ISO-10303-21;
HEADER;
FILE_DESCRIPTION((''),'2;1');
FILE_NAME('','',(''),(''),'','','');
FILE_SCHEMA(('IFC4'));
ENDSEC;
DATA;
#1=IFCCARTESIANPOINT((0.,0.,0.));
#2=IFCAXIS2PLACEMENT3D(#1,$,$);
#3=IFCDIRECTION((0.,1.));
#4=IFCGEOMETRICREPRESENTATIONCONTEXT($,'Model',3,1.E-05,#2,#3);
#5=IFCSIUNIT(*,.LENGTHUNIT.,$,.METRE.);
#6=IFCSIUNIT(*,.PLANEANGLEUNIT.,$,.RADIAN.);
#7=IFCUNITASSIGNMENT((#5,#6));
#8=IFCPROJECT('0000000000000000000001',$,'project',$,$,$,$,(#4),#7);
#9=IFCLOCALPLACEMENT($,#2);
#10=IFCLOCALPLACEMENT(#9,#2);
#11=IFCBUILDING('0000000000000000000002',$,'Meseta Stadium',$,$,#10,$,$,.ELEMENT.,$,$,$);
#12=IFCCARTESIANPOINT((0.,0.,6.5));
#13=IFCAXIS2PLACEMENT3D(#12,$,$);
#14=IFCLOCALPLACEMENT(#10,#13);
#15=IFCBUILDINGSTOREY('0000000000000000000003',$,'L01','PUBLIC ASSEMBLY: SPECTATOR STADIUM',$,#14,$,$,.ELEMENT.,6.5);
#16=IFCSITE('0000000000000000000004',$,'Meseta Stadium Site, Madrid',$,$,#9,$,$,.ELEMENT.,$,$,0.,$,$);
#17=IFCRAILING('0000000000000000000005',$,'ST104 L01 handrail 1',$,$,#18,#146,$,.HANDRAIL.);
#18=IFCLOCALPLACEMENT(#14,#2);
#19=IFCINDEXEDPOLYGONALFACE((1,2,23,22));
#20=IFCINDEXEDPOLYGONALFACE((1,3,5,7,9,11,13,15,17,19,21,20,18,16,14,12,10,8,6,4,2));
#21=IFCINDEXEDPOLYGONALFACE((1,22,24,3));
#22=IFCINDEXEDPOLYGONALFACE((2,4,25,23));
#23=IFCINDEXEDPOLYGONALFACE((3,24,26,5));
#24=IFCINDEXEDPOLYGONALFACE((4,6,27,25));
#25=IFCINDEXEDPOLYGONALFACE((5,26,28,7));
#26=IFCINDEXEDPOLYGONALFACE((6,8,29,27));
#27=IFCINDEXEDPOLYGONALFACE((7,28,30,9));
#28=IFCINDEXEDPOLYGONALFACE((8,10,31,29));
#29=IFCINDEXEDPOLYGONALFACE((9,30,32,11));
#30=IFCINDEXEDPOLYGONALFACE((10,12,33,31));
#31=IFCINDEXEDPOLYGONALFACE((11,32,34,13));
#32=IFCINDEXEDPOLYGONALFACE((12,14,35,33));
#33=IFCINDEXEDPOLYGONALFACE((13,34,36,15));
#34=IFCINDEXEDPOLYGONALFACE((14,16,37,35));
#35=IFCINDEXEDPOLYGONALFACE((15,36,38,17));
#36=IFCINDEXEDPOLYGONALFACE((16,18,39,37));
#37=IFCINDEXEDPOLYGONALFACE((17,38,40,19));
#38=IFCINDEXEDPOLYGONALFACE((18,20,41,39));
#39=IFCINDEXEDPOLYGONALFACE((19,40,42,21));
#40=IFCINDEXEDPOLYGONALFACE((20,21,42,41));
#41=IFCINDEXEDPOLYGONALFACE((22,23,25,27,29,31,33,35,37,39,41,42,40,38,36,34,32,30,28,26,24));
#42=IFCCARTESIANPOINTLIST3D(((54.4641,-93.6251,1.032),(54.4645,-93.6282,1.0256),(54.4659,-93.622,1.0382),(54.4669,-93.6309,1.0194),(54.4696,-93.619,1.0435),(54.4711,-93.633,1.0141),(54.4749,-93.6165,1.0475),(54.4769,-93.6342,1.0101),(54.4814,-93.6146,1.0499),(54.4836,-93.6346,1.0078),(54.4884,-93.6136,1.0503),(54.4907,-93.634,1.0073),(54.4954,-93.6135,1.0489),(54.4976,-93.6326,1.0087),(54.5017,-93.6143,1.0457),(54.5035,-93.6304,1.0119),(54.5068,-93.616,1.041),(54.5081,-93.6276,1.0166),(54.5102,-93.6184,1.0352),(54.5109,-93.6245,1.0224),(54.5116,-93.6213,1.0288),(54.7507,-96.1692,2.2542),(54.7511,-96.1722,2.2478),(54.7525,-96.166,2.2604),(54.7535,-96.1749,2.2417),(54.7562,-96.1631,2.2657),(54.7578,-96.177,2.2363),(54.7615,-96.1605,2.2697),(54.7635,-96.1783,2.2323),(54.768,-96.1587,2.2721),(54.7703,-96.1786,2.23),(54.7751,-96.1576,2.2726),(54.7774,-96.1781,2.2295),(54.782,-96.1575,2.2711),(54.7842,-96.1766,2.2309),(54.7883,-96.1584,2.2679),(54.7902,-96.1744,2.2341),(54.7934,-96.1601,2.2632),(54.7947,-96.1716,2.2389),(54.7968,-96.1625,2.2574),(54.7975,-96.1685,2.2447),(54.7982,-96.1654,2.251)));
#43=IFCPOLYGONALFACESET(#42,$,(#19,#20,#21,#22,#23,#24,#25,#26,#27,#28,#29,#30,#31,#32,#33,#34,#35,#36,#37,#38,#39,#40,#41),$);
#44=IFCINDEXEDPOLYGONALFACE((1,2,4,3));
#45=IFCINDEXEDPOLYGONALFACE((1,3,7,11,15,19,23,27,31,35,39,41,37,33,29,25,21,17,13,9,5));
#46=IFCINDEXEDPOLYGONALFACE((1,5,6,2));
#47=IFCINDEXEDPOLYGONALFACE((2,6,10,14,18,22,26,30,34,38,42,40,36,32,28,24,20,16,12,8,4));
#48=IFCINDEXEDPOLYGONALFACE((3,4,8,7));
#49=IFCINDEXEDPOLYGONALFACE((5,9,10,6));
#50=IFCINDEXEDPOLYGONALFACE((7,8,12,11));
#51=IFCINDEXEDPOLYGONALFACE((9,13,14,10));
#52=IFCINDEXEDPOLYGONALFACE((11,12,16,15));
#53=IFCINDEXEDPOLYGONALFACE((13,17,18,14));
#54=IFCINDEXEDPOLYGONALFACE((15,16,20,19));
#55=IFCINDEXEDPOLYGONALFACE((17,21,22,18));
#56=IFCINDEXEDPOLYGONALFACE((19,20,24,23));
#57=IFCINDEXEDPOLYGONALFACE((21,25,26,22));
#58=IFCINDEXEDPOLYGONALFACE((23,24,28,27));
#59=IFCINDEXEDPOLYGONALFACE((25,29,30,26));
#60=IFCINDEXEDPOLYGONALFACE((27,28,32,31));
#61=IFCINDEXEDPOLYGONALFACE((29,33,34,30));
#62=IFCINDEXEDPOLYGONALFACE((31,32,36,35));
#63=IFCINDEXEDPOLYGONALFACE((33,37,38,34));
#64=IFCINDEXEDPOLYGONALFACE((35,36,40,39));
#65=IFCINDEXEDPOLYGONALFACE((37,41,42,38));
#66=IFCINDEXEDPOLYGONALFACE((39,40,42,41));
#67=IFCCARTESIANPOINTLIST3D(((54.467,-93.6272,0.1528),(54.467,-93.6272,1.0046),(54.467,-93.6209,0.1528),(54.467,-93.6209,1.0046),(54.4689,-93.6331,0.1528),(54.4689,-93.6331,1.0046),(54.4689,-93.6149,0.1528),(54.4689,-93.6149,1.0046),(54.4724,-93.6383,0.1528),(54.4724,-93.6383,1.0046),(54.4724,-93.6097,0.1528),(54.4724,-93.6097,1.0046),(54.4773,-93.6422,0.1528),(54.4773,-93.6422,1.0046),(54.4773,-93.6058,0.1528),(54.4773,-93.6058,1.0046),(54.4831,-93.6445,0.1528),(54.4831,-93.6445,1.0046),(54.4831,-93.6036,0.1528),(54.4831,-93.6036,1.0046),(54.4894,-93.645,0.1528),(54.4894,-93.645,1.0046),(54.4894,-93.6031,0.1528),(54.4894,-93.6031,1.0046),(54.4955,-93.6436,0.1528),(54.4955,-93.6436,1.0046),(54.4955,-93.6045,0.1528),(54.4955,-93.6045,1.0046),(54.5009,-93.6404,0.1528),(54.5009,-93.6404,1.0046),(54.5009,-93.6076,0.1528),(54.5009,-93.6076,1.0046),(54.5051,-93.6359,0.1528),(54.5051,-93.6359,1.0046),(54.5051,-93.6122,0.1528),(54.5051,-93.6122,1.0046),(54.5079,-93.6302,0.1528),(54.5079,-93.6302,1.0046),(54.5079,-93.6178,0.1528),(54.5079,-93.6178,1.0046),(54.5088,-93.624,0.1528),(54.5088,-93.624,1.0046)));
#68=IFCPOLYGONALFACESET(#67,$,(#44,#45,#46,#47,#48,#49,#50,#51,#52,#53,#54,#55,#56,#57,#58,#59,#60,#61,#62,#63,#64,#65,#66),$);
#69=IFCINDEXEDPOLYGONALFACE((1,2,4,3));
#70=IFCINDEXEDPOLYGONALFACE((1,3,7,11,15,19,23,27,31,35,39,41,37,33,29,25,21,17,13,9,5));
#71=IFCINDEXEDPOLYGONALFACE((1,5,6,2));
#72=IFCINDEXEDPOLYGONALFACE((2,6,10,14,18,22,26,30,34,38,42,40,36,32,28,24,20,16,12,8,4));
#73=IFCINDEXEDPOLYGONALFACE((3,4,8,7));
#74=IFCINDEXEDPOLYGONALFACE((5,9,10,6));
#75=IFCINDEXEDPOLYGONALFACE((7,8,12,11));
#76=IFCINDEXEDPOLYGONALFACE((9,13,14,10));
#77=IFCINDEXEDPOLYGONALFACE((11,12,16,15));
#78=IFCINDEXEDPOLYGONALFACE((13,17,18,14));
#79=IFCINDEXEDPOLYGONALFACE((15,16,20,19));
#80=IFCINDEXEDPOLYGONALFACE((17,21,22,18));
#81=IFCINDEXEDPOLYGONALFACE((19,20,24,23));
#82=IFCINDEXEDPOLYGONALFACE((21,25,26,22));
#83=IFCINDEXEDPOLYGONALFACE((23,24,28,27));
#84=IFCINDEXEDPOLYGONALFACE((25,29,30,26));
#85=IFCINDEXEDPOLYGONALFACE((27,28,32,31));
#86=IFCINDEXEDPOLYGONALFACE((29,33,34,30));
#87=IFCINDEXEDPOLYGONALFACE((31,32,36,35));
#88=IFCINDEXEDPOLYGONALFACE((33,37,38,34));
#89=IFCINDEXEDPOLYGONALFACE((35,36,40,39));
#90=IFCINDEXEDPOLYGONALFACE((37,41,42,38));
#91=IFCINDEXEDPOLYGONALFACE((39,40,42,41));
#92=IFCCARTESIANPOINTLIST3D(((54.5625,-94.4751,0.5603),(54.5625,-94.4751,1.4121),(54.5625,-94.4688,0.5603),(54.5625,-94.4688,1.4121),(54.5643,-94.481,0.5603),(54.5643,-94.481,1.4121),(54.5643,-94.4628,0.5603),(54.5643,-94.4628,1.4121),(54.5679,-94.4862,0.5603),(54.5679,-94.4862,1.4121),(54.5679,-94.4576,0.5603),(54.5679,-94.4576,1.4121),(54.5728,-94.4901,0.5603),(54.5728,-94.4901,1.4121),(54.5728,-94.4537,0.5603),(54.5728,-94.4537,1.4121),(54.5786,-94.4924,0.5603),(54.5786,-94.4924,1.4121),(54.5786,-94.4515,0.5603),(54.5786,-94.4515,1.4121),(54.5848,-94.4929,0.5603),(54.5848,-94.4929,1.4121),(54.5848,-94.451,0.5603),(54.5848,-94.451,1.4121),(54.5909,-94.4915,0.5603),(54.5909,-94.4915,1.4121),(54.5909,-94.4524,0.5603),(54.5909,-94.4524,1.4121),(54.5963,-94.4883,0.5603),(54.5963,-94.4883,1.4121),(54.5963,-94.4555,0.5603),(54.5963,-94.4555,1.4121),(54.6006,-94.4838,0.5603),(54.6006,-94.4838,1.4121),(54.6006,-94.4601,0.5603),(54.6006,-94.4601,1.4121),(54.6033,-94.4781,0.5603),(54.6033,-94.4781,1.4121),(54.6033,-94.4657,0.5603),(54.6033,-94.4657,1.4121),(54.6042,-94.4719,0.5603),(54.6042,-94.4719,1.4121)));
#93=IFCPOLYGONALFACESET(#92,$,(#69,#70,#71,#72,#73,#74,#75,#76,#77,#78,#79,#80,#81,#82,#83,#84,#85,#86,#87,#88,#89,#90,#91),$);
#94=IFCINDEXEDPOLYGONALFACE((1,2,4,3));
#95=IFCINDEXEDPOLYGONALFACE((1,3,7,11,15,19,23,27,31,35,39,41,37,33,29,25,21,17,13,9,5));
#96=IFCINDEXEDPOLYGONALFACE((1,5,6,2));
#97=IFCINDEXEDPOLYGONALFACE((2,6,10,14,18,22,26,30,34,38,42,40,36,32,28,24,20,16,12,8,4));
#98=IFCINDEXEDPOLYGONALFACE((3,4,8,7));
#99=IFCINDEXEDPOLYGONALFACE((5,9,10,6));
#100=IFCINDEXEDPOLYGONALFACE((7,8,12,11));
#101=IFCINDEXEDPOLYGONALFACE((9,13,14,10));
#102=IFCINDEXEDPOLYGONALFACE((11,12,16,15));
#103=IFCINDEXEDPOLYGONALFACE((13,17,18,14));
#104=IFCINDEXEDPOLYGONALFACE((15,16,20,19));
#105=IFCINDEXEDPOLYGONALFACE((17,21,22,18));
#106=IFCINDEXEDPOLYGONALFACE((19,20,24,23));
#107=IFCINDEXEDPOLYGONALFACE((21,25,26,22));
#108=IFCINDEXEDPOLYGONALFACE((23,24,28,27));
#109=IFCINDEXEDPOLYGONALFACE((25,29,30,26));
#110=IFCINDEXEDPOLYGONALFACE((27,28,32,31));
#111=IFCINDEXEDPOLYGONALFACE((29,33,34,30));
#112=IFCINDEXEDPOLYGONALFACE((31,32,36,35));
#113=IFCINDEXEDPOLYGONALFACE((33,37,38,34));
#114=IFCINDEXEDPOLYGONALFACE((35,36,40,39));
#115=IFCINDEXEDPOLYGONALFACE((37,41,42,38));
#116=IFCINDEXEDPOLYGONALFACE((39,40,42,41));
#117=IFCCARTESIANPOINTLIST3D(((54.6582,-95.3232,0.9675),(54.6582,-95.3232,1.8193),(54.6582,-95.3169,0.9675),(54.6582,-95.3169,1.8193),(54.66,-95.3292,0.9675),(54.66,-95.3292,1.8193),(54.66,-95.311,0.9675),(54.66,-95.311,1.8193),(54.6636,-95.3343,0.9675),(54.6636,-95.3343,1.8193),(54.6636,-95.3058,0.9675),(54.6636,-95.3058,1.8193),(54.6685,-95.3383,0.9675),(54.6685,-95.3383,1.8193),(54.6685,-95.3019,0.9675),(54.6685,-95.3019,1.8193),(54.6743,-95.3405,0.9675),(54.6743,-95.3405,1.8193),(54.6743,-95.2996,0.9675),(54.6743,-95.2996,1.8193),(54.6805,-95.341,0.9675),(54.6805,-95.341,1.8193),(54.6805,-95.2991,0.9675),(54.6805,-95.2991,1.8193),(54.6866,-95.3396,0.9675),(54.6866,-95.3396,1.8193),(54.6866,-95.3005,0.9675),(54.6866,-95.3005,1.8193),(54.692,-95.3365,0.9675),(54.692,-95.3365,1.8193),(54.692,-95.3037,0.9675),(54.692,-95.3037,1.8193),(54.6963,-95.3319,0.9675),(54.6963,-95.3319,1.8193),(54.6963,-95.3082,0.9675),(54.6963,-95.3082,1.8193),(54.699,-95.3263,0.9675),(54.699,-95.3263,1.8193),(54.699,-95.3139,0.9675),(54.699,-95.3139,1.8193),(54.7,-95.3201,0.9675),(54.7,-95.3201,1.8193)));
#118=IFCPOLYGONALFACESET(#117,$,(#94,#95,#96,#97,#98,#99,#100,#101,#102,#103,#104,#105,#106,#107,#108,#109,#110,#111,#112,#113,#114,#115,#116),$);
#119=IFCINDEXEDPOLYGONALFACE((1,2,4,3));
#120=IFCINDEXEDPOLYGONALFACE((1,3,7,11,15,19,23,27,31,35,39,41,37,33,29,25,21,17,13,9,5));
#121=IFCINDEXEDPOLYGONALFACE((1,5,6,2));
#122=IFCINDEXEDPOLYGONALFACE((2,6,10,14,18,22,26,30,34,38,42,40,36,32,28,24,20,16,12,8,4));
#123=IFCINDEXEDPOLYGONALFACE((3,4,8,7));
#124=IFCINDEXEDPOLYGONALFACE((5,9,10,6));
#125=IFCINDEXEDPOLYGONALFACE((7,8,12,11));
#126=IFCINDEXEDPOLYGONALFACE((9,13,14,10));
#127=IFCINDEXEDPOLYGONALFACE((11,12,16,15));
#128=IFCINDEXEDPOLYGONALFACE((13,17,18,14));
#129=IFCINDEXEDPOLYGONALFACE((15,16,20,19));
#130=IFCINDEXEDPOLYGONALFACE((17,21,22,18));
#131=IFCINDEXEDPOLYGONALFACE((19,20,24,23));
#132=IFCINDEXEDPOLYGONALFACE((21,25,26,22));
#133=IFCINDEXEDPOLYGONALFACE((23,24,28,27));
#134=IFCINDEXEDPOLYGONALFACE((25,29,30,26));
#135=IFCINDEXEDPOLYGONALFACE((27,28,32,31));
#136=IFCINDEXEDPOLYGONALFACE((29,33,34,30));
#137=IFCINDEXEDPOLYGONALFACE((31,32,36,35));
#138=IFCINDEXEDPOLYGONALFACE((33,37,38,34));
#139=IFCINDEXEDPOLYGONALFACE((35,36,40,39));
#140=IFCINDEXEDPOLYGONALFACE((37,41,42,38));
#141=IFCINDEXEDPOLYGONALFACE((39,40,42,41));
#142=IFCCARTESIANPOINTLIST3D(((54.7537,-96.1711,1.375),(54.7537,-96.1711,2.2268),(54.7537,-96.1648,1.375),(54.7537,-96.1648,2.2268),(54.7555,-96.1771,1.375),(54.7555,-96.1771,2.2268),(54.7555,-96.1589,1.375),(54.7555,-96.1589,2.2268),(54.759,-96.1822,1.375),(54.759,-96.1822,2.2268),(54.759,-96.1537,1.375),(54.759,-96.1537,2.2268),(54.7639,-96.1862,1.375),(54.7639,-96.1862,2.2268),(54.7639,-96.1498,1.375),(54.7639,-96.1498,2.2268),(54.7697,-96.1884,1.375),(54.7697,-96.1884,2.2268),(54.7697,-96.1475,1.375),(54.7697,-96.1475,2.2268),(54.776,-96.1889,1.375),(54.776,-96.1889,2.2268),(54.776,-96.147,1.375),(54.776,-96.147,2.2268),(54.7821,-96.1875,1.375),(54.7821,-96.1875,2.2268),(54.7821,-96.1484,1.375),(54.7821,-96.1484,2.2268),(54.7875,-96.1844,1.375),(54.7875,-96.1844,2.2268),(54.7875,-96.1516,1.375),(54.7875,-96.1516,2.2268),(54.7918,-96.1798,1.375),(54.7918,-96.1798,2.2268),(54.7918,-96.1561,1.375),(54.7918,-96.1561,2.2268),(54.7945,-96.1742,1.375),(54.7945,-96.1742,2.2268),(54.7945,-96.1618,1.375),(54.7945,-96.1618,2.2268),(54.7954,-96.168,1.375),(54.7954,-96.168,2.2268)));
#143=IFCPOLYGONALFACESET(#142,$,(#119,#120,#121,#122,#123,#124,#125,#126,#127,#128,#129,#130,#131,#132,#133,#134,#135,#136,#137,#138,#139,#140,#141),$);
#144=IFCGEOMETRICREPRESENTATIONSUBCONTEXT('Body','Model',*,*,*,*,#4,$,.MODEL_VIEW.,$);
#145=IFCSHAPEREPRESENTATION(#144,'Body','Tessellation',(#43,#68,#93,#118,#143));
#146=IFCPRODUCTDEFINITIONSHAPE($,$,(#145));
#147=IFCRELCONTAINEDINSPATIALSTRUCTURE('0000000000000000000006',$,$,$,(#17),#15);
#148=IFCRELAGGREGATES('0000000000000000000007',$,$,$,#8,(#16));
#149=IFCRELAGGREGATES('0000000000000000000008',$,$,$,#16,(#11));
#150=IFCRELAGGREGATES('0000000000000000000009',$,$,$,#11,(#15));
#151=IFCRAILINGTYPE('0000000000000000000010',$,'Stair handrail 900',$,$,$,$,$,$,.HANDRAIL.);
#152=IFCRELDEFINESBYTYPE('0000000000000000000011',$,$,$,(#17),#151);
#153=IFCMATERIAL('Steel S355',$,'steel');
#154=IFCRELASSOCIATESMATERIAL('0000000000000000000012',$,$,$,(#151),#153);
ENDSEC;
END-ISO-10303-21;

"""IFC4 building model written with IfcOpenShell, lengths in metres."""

from ifc_helpers import new_model, si_unit, direction, frame, origin, origin_2d, place, context, subcontext, project, spatial, circle, extrude, material, type_object, element, save


model = new_model("IFC4")

# Units and contexts
model_context = context("Model", 3, precision=1e-05, world=origin(), true_north=direction((0.0, 1.0)))
body_context = subcontext(model_context, "Body", "Model", "MODEL_VIEW")
ifc_project = project(units=[si_unit("LENGTHUNIT", "METRE"), si_unit("PLANEANGLEUNIT", "RADIAN")], contexts=[model_context])

# Site, building, storey
site_placement = place(None, origin())
site = spatial("IfcSite", under=ifc_project, at=site_placement, Name="Meseta Stadium Site, Madrid", CompositionType="ELEMENT", RefElevation=0.0)
building_placement = place(site_placement, origin())
building = spatial("IfcBuilding", under=site, at=building_placement, Name="Meseta Stadium", CompositionType="ELEMENT")
storey_placement = place(building_placement, frame((0.0, 0.0, 6.5)))
storey = spatial("IfcBuildingStorey", under=building, at=storey_placement, Name="L01", Description="PUBLIC ASSEMBLY: SPECTATOR STADIUM", CompositionType="ELEMENT", Elevation=6.5)

# Railing
ifc_material_1 = material(Name="Steel S355", Category="steel")
railing_type_1 = type_object("IfcRailingType", Name="Stair handrail 900", PredefinedType="HANDRAIL", material=ifc_material_1)
railing_1_placement = place(storey_placement, frame((54.4878, -93.624, 0.1528)))
element("IfcRailing", 1, at=railing_1_placement, inside=storey, type_object=railing_type_1, Name="ST104 L01 handrail 1", PredefinedType="HANDRAIL", context=body_context, shape_type="SweptSolid", body=[
    extrude(circle(Radius=0.0239, at=origin_2d()), frame((0.0, 0.0, 0.876), z_axis=(0.101036, -0.896762, 0.430824), x_axis=(0.993713, 0.11196, 0.0)), (0.0, 0.0, 1.0), 2.8369),
    extrude(circle(Radius=0.021, at=origin_2d()), origin(), (0.0, 0.0, 1.0), 0.8518),
    extrude(circle(Radius=0.021, at=origin_2d()), frame((0.0955, -0.8479, 0.4075)), (0.0, 0.0, 1.0), 0.8518),
    extrude(circle(Radius=0.021, at=origin_2d()), frame((0.1912, -1.696, 0.8147)), (0.0, 0.0, 1.0), 0.8518),
    extrude(circle(Radius=0.021, at=origin_2d()), frame((0.2866, -2.5439, 1.2222)), (0.0, 0.0, 1.0), 0.8518),
])

save(model, "model.ifc")
